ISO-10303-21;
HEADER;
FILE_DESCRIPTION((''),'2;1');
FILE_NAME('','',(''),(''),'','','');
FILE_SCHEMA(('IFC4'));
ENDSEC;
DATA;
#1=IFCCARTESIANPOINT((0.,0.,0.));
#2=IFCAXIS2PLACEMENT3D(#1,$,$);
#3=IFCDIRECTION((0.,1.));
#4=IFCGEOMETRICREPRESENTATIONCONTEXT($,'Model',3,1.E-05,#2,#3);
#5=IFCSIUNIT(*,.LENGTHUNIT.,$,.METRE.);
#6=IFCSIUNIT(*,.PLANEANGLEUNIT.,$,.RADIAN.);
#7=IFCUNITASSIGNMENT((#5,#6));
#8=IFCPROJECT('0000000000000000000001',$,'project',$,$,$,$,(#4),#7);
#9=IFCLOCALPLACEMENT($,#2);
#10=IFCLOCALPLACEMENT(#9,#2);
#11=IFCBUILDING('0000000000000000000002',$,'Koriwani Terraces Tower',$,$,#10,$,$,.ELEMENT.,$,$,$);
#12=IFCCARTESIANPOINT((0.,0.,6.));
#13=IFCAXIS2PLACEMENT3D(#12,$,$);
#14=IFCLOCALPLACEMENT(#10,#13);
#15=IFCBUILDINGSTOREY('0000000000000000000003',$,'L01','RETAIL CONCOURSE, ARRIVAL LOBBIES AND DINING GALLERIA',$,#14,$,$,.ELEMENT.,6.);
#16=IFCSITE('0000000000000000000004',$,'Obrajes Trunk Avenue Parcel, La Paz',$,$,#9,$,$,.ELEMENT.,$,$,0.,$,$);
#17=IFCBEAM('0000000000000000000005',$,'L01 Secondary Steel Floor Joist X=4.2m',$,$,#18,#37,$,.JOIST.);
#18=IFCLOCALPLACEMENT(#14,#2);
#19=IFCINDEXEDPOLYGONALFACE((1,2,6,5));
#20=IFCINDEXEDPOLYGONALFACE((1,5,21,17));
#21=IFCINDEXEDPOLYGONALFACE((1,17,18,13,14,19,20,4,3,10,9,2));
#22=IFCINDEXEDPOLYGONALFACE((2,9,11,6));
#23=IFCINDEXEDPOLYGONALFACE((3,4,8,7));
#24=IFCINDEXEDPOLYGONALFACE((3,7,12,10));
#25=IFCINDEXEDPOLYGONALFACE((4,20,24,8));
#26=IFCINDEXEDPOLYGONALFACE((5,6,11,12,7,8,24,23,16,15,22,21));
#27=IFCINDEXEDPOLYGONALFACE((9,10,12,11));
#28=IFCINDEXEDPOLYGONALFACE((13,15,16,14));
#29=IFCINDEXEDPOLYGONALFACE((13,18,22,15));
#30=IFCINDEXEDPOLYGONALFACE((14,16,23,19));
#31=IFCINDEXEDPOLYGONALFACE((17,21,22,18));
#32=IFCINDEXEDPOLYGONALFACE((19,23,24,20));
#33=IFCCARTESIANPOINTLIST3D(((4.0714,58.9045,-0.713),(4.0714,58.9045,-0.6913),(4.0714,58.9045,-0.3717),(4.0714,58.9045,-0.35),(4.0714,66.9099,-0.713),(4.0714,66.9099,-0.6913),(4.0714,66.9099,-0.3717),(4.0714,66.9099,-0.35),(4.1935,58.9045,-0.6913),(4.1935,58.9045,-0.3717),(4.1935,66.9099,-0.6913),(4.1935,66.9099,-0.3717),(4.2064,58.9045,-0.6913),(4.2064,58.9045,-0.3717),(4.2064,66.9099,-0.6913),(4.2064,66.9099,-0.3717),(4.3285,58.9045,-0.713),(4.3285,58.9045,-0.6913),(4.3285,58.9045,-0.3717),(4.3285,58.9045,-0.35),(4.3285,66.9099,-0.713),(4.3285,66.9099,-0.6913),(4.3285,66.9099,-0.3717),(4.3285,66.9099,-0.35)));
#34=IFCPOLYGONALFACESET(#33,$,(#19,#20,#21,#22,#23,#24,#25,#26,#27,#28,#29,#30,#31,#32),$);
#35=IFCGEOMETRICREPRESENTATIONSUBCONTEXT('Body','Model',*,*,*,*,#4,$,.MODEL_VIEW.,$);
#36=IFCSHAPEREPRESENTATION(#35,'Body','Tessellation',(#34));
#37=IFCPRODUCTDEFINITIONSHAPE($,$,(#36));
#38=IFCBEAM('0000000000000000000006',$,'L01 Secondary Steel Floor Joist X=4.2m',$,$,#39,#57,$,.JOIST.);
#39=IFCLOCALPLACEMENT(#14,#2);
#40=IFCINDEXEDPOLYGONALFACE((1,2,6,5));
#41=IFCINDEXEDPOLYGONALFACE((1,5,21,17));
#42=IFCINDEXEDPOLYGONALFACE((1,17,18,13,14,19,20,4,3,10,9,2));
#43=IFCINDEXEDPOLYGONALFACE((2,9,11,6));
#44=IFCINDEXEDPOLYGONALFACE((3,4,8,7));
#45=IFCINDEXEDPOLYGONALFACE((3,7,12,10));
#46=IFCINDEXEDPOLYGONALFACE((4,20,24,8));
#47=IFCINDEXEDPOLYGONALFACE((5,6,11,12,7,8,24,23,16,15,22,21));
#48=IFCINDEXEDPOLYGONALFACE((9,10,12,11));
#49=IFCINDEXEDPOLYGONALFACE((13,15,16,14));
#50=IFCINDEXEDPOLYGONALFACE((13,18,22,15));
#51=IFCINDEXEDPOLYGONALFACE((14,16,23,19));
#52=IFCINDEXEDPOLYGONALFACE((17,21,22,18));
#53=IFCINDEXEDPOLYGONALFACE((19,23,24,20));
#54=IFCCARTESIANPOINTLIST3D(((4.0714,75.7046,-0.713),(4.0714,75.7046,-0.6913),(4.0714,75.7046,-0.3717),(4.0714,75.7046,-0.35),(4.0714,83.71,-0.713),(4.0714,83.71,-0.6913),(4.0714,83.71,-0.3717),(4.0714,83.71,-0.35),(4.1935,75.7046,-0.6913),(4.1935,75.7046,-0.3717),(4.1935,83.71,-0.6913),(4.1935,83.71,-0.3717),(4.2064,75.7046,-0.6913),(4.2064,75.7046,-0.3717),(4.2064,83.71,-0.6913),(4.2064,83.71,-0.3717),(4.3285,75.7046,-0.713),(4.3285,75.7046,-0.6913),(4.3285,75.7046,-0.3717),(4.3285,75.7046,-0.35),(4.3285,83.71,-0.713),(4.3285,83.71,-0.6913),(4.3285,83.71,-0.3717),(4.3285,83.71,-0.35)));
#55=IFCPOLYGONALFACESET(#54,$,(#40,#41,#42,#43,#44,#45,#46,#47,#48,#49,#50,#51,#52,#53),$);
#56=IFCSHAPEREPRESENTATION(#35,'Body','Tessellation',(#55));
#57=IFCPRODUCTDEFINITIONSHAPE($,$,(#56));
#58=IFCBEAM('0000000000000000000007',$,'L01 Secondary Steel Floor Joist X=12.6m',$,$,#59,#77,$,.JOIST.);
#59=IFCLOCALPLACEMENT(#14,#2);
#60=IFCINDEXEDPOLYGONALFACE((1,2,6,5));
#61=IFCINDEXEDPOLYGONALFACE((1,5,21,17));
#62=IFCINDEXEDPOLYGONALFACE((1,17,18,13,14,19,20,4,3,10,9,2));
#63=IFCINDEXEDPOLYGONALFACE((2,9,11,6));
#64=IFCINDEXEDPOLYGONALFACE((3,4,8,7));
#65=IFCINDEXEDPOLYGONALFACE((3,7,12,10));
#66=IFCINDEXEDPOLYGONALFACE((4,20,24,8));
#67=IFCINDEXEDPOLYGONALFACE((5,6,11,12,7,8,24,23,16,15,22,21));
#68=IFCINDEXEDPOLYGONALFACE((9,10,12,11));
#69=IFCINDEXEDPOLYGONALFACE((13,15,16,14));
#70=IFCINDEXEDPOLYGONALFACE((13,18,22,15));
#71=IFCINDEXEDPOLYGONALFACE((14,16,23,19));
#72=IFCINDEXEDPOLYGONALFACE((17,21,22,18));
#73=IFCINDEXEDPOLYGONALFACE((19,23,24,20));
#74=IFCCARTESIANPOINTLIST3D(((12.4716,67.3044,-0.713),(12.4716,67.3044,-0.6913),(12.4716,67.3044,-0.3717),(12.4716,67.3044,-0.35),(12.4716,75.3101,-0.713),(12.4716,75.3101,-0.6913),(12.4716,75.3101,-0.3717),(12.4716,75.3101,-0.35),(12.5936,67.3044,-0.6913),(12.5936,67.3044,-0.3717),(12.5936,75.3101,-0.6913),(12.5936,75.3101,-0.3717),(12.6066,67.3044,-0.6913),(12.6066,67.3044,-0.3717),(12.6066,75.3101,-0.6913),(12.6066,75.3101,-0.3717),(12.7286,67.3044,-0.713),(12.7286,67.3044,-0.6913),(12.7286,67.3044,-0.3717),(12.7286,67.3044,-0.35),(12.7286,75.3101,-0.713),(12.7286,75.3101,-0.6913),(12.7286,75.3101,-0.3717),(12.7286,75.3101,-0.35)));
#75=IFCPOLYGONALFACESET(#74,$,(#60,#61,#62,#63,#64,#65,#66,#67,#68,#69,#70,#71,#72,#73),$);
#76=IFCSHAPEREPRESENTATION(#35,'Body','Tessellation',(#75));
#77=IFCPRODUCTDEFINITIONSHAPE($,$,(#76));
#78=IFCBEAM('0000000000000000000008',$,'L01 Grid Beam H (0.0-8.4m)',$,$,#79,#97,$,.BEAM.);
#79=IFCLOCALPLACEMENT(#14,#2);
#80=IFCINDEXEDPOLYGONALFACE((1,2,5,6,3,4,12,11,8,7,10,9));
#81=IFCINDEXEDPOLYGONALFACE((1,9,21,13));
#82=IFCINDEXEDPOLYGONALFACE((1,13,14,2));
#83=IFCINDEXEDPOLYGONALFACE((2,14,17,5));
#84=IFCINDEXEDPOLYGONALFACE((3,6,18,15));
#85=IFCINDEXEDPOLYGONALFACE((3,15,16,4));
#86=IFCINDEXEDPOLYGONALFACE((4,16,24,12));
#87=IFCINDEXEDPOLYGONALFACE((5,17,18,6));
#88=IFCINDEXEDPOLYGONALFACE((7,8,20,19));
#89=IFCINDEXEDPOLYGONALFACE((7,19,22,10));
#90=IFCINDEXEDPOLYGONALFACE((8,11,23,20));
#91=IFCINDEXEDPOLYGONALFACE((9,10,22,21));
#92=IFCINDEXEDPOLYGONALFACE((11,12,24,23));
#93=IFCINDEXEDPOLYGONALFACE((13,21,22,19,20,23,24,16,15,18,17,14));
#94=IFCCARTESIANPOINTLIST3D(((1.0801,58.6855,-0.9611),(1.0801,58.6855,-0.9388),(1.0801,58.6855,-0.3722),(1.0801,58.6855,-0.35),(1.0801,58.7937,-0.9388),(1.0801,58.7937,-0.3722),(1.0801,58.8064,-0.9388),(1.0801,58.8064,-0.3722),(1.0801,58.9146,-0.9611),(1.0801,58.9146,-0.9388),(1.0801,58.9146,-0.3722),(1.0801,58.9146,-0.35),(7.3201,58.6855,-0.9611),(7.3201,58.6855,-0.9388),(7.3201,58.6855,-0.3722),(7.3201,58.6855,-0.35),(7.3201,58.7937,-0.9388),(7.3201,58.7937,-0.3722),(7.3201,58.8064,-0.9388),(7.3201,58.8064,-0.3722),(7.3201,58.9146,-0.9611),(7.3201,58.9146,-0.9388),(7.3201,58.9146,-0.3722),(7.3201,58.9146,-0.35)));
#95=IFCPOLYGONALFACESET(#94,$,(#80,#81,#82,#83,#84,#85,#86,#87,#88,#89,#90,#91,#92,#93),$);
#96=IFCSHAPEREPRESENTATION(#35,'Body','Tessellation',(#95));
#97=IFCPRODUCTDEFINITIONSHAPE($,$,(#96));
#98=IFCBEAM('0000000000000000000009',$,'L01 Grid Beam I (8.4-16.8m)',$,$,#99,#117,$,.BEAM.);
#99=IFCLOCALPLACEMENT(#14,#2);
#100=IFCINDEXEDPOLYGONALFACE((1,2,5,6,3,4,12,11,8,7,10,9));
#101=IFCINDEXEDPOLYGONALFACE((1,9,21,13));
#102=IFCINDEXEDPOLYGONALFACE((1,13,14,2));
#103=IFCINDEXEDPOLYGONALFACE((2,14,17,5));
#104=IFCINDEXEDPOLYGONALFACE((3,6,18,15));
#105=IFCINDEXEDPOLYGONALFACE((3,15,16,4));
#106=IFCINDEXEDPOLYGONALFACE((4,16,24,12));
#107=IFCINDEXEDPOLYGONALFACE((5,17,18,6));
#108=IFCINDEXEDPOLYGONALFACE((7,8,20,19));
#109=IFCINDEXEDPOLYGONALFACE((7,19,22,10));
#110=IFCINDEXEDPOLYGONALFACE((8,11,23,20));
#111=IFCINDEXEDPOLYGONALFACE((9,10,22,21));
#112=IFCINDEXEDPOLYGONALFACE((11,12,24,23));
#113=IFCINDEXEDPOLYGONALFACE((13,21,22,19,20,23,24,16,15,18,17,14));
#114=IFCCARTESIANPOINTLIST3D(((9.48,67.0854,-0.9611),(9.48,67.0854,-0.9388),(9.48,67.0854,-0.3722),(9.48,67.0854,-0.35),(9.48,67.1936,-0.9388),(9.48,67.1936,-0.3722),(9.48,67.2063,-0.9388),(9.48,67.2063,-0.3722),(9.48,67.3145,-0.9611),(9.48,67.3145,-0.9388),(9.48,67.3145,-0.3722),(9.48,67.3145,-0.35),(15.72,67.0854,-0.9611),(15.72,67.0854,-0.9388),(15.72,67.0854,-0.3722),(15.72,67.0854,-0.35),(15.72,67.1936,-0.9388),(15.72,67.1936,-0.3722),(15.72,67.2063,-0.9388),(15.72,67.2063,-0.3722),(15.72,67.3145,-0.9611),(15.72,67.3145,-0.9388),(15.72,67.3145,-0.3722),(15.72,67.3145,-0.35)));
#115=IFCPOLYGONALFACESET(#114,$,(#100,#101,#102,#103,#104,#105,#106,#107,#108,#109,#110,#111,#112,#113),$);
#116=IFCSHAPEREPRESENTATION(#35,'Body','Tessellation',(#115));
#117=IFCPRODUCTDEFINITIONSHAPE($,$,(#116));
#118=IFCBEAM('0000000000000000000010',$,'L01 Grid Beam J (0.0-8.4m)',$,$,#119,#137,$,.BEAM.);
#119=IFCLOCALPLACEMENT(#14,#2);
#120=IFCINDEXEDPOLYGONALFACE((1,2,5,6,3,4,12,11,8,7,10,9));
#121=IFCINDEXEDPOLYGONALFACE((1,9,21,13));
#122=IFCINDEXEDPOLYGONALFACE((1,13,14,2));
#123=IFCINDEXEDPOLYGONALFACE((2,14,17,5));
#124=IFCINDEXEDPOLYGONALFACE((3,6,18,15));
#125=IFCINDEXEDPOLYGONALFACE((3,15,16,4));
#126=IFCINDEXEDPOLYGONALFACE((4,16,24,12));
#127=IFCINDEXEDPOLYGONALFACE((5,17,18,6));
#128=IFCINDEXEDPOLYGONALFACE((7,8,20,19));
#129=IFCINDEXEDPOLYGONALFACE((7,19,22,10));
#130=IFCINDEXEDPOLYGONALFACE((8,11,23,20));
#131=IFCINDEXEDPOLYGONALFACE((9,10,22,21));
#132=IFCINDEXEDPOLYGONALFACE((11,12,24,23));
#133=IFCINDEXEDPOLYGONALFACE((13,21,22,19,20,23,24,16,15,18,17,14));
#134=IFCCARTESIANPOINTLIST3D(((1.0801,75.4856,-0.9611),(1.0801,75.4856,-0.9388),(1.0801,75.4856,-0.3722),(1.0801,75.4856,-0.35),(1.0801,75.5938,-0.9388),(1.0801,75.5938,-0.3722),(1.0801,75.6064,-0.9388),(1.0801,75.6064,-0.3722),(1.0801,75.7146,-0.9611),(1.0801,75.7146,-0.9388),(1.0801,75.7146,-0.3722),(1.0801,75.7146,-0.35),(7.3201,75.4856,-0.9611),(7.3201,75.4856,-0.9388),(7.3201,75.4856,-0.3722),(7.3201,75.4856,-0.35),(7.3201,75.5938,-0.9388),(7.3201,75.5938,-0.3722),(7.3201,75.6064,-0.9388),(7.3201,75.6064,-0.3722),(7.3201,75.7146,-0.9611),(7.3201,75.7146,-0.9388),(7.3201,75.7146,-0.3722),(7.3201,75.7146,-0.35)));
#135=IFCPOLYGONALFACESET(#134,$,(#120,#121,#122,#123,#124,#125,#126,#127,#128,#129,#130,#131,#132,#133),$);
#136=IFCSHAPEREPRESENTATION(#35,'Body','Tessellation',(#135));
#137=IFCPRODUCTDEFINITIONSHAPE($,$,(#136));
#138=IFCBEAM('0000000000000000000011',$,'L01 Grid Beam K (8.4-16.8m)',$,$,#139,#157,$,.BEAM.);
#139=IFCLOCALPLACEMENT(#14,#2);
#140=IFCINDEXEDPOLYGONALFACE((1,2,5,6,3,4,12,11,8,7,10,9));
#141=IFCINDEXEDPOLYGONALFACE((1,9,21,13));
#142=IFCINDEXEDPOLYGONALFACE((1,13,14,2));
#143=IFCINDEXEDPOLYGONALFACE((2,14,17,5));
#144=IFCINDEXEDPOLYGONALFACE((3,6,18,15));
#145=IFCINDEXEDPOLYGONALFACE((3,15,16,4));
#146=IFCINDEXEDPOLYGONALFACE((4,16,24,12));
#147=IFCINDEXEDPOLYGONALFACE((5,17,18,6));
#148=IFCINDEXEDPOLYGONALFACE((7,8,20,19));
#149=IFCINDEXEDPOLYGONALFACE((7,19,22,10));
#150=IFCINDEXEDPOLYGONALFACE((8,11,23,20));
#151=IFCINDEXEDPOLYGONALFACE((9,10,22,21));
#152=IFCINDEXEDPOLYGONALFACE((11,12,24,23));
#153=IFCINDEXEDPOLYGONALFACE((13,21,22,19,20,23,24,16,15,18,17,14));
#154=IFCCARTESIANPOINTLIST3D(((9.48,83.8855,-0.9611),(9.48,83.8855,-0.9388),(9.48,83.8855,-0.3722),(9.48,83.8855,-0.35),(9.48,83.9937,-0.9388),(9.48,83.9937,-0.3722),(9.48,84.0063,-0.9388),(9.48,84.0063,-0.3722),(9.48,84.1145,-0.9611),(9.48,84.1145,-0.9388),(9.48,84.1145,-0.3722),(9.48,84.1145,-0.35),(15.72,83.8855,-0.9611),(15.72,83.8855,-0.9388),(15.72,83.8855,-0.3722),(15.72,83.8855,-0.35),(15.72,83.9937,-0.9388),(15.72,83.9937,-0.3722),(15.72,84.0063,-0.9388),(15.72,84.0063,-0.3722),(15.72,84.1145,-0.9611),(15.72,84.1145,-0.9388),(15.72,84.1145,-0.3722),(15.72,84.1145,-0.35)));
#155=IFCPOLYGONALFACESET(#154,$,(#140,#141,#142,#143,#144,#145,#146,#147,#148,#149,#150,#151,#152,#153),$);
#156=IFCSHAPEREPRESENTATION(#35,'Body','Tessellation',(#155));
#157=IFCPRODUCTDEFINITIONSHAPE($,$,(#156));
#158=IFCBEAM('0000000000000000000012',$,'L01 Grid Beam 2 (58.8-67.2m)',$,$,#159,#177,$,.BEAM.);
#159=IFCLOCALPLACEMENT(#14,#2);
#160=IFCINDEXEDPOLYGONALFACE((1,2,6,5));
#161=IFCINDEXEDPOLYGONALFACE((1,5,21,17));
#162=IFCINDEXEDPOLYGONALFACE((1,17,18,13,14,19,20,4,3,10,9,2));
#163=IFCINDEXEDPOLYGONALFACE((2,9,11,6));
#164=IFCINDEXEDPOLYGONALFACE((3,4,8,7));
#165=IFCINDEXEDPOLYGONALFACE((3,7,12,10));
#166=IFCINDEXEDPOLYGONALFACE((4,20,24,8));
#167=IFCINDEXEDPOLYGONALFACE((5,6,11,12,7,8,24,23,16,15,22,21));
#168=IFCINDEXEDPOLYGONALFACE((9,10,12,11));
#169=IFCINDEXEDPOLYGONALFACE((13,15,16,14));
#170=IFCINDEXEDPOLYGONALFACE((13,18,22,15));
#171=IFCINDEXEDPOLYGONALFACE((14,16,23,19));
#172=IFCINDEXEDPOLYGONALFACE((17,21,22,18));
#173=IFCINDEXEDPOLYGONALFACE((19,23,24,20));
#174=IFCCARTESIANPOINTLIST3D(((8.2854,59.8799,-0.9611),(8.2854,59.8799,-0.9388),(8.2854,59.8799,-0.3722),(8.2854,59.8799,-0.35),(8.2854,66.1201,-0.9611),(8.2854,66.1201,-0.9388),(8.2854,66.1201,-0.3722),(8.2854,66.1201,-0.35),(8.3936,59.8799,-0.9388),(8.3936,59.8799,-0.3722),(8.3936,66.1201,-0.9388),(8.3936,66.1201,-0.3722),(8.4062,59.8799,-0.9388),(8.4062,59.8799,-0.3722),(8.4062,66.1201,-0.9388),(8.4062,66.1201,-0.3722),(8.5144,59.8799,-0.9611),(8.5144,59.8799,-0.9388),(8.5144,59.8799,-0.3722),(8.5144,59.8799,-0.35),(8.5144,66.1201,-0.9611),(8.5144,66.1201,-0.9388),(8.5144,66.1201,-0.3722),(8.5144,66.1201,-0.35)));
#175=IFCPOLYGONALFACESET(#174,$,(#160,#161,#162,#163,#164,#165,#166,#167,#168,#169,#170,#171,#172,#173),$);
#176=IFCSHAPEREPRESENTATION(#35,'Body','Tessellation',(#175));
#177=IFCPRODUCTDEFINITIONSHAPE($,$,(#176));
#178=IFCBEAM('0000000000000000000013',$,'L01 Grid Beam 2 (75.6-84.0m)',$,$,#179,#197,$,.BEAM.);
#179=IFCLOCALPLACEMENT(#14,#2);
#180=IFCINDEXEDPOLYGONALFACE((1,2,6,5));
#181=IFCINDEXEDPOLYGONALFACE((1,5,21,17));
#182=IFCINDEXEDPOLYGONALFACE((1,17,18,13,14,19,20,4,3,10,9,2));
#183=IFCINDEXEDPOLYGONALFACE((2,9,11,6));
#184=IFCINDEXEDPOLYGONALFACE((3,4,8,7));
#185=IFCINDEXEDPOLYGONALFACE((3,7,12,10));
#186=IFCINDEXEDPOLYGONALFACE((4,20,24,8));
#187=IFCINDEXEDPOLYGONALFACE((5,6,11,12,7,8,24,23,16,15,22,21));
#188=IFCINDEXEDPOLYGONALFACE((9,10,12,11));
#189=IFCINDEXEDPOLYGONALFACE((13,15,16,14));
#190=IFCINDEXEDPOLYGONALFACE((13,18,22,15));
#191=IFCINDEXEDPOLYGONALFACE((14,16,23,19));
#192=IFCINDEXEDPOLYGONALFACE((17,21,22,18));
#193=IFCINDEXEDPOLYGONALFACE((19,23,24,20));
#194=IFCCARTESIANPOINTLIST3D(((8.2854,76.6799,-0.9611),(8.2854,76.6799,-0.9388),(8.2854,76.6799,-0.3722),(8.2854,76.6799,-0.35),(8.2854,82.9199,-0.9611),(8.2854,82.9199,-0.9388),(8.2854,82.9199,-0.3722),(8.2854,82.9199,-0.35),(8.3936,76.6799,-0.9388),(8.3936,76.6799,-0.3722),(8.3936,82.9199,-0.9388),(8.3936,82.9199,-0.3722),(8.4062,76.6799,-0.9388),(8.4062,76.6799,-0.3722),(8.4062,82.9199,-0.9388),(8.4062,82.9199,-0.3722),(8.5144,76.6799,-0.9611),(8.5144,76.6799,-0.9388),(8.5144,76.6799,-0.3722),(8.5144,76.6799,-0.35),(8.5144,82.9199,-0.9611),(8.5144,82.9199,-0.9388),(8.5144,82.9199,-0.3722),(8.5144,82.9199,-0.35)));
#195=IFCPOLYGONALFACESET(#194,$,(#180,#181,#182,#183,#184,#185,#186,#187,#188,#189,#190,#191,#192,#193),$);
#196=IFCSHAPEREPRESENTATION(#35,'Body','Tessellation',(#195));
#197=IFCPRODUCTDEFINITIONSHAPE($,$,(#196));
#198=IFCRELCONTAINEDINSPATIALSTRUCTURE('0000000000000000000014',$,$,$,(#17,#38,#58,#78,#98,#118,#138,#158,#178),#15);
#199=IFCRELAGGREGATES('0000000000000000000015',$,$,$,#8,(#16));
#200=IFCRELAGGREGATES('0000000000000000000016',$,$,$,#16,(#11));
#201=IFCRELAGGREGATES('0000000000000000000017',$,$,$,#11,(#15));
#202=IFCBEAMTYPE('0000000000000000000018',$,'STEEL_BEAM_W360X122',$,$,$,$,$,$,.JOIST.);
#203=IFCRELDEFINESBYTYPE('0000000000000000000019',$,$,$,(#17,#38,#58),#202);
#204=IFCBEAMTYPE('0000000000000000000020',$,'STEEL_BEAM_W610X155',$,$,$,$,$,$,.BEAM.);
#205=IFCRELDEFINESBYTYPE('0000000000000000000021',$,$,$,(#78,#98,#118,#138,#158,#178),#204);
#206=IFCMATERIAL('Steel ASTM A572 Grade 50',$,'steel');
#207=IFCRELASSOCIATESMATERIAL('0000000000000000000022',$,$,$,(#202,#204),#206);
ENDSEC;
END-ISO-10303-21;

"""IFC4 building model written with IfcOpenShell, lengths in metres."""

from ifc_helpers import new_model, si_unit, direction, frame, origin, origin_2d, place, context, subcontext, project, spatial, i_section, extrude, material, material_profile, profile_set, type_object, element, save


model = new_model("IFC4")

# Units and contexts
model_context = context("Model", 3, precision=1e-05, world=origin(), true_north=direction((0.0, 1.0)))
body_context = subcontext(model_context, "Body", "Model", "MODEL_VIEW")
ifc_project = project(units=[si_unit("LENGTHUNIT", "METRE"), si_unit("PLANEANGLEUNIT", "RADIAN")], contexts=[model_context])

# Site, building, storey
site_placement = place(None, origin())
site = spatial("IfcSite", under=ifc_project, at=site_placement, Name="Obrajes Trunk Avenue Parcel, La Paz", CompositionType="ELEMENT", RefElevation=0.0)
building_placement = place(site_placement, origin())
building = spatial("IfcBuilding", under=site, at=building_placement, Name="Koriwani Terraces Tower", CompositionType="ELEMENT")
storey_placement = place(building_placement, frame((0.0, 0.0, 6.0)))
storey = spatial("IfcBuildingStorey", under=building, at=storey_placement, Name="L01", Description="RETAIL CONCOURSE, ARRIVAL LOBBIES AND DINING GALLERIA", CompositionType="ELEMENT", Elevation=6.0)

# Beams
ifc_material_1 = material(Name="Steel ASTM A572 Grade 50", Category="steel")
ifc_material_profile_1 = material_profile(ifc_material_1, i_section(OverallWidth=0.2571, OverallDepth=0.363, WebThickness=0.0129, FlangeThickness=0.0217, at=origin_2d()), Name="Steel ASTM A572 Grade 50", Category="LoadBearing")
ifc_profile_set_1 = profile_set([ifc_material_profile_1], Name="Steel ASTM A572 Grade 50")
beam_type_1 = type_object("IfcBeamType", Name="STEEL_BEAM_W360X122", PredefinedType="JOIST", material=ifc_profile_set_1)
for number, where, z_axis, x_axis, name in (
    (1, (4.2, 58.9045, -0.5315), (0.0, 1.0, 0.0), (-1.0, 0.0, 0.0), "L01 Secondary Steel Floor Joist X=4.2m"),
    (2, (4.2, 75.7046, -0.5315), (0.0, 1.0, 0.0), (-1.0, 0.0, 0.0), "L01 Secondary Steel Floor Joist X=4.2m"),
):
    element("IfcBeam", number, at=place(storey_placement, frame(where, z_axis=z_axis, x_axis=x_axis)), inside=storey, type_object=beam_type_1, Name=name, PredefinedType="JOIST", context=body_context, shape_type="SweptSolid", body=[
        extrude(i_section(OverallWidth=0.2571, OverallDepth=0.363, WebThickness=0.0129, FlangeThickness=0.0217, at=origin_2d()), origin(), (0.0, 0.0, 1.0), 8.0054),
    ])
beam_1_placement = place(storey_placement, frame((12.6001, 67.3044, -0.5315), z_axis=(0.0, 1.0, 0.0), x_axis=(-1.0, 0.0, 0.0)))
element("IfcBeam", 3, at=beam_1_placement, inside=storey, type_object=beam_type_1, Name="L01 Secondary Steel Floor Joist X=12.6m", PredefinedType="JOIST", context=body_context, shape_type="SweptSolid", body=[
    extrude(i_section(OverallWidth=0.2571, OverallDepth=0.363, WebThickness=0.0129, FlangeThickness=0.0217, at=origin_2d()), origin(), (0.0, 0.0, 1.0), 8.0056),
])
ifc_material_profile_2 = material_profile(ifc_material_1, i_section(OverallWidth=0.229, OverallDepth=0.6111, WebThickness=0.0127, FlangeThickness=0.0222, at=origin_2d()), Name="Steel ASTM A572 Grade 50", Category="LoadBearing")
ifc_profile_set_2 = profile_set([ifc_material_profile_2], Name="Steel ASTM A572 Grade 50")
beam_type_2 = type_object("IfcBeamType", Name="STEEL_BEAM_W610X155", PredefinedType="BEAM", material=ifc_profile_set_2)
for number, where, z_axis, x_axis, name in (
    (4, (1.0801, 58.8, -0.6555), (1.0, 0.0, 0.0), (0.0, 1.0, 0.0), "L01 Grid Beam H (0.0-8.4m)"),
    (5, (9.48, 67.2, -0.6555), (1.0, 0.0, 0.0), (0.0, 1.0, 0.0), "L01 Grid Beam I (8.4-16.8m)"),
    (6, (1.0801, 75.6001, -0.6555), (1.0, 0.0, 0.0), (0.0, 1.0, 0.0), "L01 Grid Beam J (0.0-8.4m)"),
    (7, (9.48, 84.0, -0.6555), (1.0, 0.0, 0.0), (0.0, 1.0, 0.0), "L01 Grid Beam K (8.4-16.8m)"),
):
    element("IfcBeam", number, at=place(storey_placement, frame(where, z_axis=z_axis, x_axis=x_axis)), inside=storey, type_object=beam_type_2, Name=name, PredefinedType="BEAM", context=body_context, shape_type="SweptSolid", body=[
        extrude(i_section(OverallWidth=0.229, OverallDepth=0.6111, WebThickness=0.0127, FlangeThickness=0.0222, at=origin_2d()), origin(), (0.0, 0.0, 1.0), 6.24),
    ])
beam_2_placement = place(storey_placement, frame((8.3999, 59.8799, -0.6555), z_axis=(0.0, 1.0, 0.0), x_axis=(-1.0, 0.0, 0.0)))
element("IfcBeam", 8, at=beam_2_placement, inside=storey, type_object=beam_type_2, Name="L01 Grid Beam 2 (58.8-67.2m)", PredefinedType="BEAM", context=body_context, shape_type="SweptSolid", body=[
    extrude(i_section(OverallWidth=0.229, OverallDepth=0.6111, WebThickness=0.0127, FlangeThickness=0.0222, at=origin_2d()), origin(), (0.0, 0.0, 1.0), 6.2402),
])
beam_3_placement = place(storey_placement, frame((8.3999, 76.6799, -0.6555), z_axis=(0.0, 1.0, 0.0), x_axis=(-1.0, 0.0, 0.0)))
element("IfcBeam", 9, at=beam_3_placement, inside=storey, type_object=beam_type_2, Name="L01 Grid Beam 2 (75.6-84.0m)", PredefinedType="BEAM", context=body_context, shape_type="SweptSolid", body=[
    extrude(i_section(OverallWidth=0.229, OverallDepth=0.6111, WebThickness=0.0127, FlangeThickness=0.0222, at=origin_2d()), origin(), (0.0, 0.0, 1.0), 6.24),
])

save(model, "model.ifc")
